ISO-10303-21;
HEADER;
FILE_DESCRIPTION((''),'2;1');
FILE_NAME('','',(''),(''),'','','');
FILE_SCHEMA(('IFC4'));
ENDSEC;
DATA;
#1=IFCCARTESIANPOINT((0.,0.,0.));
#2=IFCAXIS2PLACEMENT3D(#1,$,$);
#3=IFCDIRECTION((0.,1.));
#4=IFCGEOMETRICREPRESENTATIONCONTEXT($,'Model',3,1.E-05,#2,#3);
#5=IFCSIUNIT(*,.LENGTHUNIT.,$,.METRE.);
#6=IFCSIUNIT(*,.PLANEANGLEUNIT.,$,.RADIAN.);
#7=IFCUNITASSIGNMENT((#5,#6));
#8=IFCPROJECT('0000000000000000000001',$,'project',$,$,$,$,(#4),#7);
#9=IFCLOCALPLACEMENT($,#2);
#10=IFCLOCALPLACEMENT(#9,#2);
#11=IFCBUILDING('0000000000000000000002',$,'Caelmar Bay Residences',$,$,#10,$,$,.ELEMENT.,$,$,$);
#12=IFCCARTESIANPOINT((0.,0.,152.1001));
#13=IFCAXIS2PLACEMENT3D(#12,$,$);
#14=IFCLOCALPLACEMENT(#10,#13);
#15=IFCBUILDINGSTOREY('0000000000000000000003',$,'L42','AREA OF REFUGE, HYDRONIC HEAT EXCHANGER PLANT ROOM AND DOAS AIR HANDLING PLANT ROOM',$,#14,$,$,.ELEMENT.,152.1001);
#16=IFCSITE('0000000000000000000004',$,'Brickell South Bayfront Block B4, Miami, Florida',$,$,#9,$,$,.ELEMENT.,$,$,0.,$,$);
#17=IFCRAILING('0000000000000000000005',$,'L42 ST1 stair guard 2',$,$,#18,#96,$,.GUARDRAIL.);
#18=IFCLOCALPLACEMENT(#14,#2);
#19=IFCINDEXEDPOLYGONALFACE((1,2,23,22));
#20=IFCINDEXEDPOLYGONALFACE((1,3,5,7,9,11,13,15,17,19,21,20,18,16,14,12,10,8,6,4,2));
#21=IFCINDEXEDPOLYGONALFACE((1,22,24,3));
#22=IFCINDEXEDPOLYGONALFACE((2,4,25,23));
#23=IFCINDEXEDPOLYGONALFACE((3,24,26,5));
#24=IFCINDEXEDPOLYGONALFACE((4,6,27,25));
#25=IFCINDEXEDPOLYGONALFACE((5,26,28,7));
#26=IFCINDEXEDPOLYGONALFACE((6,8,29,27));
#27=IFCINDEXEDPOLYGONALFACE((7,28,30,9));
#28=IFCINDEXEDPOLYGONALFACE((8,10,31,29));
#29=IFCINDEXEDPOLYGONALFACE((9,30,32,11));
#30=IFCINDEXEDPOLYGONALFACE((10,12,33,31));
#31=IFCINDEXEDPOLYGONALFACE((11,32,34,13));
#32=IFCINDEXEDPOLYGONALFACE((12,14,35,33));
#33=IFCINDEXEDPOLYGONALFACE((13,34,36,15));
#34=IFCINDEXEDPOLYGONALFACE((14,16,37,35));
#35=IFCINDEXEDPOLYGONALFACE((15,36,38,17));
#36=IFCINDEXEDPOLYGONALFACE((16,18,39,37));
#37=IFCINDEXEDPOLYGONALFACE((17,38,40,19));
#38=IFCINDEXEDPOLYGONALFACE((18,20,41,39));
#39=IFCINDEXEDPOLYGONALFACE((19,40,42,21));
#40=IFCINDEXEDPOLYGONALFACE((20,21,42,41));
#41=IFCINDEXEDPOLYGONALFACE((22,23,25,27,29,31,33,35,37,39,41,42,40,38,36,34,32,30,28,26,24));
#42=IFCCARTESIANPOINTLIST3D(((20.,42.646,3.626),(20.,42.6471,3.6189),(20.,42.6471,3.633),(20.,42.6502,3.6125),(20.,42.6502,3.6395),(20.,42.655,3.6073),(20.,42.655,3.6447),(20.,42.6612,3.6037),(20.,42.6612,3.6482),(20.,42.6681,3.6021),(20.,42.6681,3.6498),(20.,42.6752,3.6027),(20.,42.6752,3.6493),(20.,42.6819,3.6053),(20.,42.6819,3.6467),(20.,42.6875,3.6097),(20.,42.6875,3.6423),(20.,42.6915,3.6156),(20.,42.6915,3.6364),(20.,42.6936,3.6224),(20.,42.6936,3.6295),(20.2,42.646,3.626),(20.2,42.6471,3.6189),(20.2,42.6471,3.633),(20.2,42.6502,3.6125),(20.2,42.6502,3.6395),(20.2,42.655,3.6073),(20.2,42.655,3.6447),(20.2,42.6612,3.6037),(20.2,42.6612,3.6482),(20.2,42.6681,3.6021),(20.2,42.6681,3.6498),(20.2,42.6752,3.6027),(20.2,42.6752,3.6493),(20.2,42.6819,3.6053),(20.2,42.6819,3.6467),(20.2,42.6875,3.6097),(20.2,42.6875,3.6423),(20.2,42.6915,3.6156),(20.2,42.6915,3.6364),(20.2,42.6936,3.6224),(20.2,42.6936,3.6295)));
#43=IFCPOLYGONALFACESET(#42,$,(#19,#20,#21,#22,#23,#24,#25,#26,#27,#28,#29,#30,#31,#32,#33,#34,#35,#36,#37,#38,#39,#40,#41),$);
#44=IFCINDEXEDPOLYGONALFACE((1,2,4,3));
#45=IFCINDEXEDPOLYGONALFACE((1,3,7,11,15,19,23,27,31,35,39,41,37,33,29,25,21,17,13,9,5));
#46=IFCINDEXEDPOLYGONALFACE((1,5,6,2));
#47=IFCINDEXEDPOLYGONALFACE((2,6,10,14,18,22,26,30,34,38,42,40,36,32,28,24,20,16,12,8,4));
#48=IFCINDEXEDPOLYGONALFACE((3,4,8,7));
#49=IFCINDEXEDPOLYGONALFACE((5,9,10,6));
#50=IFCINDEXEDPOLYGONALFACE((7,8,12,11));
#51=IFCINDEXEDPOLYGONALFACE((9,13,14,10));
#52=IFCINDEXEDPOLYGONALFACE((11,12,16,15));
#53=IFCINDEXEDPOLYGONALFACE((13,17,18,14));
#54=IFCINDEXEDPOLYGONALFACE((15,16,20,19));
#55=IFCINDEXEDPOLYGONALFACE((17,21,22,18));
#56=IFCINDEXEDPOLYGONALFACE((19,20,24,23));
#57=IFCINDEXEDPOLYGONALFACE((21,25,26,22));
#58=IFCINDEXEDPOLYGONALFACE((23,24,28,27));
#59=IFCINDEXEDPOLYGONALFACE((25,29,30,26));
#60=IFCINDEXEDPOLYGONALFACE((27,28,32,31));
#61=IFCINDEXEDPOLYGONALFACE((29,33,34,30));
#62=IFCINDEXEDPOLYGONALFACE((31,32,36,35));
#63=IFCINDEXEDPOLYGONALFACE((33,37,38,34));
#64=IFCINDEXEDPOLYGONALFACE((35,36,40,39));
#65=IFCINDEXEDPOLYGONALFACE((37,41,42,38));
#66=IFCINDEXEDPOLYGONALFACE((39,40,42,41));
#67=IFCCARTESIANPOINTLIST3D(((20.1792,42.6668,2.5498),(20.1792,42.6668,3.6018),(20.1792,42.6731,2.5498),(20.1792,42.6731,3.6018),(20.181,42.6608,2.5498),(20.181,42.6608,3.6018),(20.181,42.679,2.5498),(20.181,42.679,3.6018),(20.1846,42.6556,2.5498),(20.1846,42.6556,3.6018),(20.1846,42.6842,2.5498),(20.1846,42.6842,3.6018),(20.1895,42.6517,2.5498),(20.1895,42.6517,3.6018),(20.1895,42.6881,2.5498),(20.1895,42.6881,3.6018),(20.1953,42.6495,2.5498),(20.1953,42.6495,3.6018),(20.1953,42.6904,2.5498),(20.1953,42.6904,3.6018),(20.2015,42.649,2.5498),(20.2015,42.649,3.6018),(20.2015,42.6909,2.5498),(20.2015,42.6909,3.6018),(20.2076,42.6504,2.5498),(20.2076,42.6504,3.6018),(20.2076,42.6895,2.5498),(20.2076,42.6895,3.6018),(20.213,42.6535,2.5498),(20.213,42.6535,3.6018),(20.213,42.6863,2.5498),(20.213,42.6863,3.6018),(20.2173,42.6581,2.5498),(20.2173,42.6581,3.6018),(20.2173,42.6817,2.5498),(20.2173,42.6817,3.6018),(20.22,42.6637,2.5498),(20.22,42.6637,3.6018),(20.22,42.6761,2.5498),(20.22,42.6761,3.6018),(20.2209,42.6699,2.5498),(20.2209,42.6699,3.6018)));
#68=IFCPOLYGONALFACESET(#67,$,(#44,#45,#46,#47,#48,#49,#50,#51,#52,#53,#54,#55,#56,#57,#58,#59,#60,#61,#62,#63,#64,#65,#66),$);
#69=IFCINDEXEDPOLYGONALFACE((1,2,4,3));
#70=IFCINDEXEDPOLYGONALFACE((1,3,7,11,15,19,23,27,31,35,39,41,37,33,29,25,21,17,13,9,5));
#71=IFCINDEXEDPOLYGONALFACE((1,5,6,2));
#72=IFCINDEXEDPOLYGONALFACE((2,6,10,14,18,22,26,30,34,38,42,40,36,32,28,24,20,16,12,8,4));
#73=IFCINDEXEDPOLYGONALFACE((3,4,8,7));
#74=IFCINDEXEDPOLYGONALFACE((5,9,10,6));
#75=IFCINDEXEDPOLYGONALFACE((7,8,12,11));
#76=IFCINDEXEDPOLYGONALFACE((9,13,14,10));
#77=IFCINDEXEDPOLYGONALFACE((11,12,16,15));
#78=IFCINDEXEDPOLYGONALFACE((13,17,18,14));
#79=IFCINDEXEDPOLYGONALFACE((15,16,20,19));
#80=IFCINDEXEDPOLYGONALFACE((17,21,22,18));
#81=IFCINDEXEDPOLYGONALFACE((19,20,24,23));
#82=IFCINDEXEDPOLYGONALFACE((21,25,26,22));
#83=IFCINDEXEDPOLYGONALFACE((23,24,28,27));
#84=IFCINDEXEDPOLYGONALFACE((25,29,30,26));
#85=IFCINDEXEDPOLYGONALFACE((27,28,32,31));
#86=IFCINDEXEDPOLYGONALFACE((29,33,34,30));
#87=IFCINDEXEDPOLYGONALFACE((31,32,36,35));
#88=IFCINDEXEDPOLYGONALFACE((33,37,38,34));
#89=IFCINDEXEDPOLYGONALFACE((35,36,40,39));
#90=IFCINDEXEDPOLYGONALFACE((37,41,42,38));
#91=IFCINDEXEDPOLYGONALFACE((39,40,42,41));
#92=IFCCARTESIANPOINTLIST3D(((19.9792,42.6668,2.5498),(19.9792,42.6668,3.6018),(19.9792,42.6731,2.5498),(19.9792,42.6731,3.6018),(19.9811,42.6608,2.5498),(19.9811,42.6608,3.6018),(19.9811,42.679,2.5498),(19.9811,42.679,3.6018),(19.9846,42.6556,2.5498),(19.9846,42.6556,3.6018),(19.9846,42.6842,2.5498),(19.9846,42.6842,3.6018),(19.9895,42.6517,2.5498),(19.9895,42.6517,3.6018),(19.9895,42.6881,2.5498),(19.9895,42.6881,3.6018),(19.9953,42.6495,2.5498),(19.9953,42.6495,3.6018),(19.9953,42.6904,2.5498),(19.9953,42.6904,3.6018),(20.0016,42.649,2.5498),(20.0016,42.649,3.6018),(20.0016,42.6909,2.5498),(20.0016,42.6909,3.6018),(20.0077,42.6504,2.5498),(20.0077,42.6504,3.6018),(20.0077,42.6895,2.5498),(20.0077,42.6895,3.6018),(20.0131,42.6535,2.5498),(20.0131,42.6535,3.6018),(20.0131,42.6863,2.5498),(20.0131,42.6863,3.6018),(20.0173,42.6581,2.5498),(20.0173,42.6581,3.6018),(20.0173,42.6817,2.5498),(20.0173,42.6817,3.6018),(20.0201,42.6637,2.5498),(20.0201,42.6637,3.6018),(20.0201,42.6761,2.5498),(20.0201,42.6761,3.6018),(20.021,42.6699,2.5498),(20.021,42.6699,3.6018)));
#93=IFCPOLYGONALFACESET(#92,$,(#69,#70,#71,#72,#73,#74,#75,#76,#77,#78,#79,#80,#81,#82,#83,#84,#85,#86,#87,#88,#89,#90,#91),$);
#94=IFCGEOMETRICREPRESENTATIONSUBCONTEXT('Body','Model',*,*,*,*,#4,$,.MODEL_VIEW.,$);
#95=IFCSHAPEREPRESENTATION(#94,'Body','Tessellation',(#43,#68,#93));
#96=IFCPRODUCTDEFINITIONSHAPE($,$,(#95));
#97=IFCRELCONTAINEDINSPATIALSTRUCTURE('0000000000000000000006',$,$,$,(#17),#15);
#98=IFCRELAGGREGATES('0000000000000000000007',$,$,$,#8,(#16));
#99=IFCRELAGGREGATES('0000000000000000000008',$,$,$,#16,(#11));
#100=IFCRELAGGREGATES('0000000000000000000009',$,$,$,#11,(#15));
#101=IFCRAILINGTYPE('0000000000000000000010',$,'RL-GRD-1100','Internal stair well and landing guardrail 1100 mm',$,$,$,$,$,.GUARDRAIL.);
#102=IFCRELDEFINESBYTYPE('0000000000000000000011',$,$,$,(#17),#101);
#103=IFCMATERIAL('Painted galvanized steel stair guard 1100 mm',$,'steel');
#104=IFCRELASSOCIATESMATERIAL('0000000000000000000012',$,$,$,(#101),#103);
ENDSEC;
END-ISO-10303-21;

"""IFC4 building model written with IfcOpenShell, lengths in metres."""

from ifc_helpers import new_model, si_unit, direction, frame, origin, origin_2d, place, context, subcontext, project, spatial, circle, extrude, material, type_object, element, save


model = new_model("IFC4")

# Units and contexts
model_context = context("Model", 3, precision=1e-05, world=origin(), true_north=direction((0.0, 1.0)))
body_context = subcontext(model_context, "Body", "Model", "MODEL_VIEW")
ifc_project = project(units=[si_unit("LENGTHUNIT", "METRE"), si_unit("PLANEANGLEUNIT", "RADIAN")], contexts=[model_context])

# Site, building, storey
site_placement = place(None, origin())
site = spatial("IfcSite", under=ifc_project, at=site_placement, Name="Brickell South Bayfront Block B4, Miami, Florida", CompositionType="ELEMENT", RefElevation=0.0)
building_placement = place(site_placement, origin())
building = spatial("IfcBuilding", under=site, at=building_placement, Name="Caelmar Bay Residences", CompositionType="ELEMENT")
storey_placement = place(building_placement, frame((0.0, 0.0, 152.1001)))
storey = spatial("IfcBuildingStorey", under=building, at=storey_placement, Name="L42", Description="AREA OF REFUGE, HYDRONIC HEAT EXCHANGER PLANT ROOM AND DOAS AIR HANDLING PLANT ROOM", CompositionType="ELEMENT", Elevation=152.1001)

# Railing
ifc_material_1 = material(Name="Painted galvanized steel stair guard 1100 mm", Category="steel")
railing_type_1 = type_object("IfcRailingType", Name="RL-GRD-1100", Description="Internal stair well and landing guardrail 1100 mm", PredefinedType="GUARDRAIL", material=ifc_material_1)
railing_1_placement = place(storey_placement, frame((20.2, 42.6699, 2.5498)))
element("IfcRailing", 1, at=railing_1_placement, inside=storey, type_object=railing_type_1, Name="L42 ST1 stair guard 2", PredefinedType="GUARDRAIL", context=body_context, shape_type="SweptSolid", body=[
    extrude(circle(Radius=0.0239, at=origin_2d()), frame((0.0, 0.0, 1.0762), z_axis=(-1.0, 0.0, 0.0), x_axis=(0.0, -1.0, 0.0)), (0.0, 0.0, 1.0), 0.2),
    extrude(circle(Radius=0.021, at=origin_2d()), origin(), (0.0, 0.0, 1.0), 1.052),
    extrude(circle(Radius=0.021, at=origin_2d()), frame((-0.2, 0.0, 0.0)), (0.0, 0.0, 1.0), 1.052),
])

save(model, "model.ifc")
